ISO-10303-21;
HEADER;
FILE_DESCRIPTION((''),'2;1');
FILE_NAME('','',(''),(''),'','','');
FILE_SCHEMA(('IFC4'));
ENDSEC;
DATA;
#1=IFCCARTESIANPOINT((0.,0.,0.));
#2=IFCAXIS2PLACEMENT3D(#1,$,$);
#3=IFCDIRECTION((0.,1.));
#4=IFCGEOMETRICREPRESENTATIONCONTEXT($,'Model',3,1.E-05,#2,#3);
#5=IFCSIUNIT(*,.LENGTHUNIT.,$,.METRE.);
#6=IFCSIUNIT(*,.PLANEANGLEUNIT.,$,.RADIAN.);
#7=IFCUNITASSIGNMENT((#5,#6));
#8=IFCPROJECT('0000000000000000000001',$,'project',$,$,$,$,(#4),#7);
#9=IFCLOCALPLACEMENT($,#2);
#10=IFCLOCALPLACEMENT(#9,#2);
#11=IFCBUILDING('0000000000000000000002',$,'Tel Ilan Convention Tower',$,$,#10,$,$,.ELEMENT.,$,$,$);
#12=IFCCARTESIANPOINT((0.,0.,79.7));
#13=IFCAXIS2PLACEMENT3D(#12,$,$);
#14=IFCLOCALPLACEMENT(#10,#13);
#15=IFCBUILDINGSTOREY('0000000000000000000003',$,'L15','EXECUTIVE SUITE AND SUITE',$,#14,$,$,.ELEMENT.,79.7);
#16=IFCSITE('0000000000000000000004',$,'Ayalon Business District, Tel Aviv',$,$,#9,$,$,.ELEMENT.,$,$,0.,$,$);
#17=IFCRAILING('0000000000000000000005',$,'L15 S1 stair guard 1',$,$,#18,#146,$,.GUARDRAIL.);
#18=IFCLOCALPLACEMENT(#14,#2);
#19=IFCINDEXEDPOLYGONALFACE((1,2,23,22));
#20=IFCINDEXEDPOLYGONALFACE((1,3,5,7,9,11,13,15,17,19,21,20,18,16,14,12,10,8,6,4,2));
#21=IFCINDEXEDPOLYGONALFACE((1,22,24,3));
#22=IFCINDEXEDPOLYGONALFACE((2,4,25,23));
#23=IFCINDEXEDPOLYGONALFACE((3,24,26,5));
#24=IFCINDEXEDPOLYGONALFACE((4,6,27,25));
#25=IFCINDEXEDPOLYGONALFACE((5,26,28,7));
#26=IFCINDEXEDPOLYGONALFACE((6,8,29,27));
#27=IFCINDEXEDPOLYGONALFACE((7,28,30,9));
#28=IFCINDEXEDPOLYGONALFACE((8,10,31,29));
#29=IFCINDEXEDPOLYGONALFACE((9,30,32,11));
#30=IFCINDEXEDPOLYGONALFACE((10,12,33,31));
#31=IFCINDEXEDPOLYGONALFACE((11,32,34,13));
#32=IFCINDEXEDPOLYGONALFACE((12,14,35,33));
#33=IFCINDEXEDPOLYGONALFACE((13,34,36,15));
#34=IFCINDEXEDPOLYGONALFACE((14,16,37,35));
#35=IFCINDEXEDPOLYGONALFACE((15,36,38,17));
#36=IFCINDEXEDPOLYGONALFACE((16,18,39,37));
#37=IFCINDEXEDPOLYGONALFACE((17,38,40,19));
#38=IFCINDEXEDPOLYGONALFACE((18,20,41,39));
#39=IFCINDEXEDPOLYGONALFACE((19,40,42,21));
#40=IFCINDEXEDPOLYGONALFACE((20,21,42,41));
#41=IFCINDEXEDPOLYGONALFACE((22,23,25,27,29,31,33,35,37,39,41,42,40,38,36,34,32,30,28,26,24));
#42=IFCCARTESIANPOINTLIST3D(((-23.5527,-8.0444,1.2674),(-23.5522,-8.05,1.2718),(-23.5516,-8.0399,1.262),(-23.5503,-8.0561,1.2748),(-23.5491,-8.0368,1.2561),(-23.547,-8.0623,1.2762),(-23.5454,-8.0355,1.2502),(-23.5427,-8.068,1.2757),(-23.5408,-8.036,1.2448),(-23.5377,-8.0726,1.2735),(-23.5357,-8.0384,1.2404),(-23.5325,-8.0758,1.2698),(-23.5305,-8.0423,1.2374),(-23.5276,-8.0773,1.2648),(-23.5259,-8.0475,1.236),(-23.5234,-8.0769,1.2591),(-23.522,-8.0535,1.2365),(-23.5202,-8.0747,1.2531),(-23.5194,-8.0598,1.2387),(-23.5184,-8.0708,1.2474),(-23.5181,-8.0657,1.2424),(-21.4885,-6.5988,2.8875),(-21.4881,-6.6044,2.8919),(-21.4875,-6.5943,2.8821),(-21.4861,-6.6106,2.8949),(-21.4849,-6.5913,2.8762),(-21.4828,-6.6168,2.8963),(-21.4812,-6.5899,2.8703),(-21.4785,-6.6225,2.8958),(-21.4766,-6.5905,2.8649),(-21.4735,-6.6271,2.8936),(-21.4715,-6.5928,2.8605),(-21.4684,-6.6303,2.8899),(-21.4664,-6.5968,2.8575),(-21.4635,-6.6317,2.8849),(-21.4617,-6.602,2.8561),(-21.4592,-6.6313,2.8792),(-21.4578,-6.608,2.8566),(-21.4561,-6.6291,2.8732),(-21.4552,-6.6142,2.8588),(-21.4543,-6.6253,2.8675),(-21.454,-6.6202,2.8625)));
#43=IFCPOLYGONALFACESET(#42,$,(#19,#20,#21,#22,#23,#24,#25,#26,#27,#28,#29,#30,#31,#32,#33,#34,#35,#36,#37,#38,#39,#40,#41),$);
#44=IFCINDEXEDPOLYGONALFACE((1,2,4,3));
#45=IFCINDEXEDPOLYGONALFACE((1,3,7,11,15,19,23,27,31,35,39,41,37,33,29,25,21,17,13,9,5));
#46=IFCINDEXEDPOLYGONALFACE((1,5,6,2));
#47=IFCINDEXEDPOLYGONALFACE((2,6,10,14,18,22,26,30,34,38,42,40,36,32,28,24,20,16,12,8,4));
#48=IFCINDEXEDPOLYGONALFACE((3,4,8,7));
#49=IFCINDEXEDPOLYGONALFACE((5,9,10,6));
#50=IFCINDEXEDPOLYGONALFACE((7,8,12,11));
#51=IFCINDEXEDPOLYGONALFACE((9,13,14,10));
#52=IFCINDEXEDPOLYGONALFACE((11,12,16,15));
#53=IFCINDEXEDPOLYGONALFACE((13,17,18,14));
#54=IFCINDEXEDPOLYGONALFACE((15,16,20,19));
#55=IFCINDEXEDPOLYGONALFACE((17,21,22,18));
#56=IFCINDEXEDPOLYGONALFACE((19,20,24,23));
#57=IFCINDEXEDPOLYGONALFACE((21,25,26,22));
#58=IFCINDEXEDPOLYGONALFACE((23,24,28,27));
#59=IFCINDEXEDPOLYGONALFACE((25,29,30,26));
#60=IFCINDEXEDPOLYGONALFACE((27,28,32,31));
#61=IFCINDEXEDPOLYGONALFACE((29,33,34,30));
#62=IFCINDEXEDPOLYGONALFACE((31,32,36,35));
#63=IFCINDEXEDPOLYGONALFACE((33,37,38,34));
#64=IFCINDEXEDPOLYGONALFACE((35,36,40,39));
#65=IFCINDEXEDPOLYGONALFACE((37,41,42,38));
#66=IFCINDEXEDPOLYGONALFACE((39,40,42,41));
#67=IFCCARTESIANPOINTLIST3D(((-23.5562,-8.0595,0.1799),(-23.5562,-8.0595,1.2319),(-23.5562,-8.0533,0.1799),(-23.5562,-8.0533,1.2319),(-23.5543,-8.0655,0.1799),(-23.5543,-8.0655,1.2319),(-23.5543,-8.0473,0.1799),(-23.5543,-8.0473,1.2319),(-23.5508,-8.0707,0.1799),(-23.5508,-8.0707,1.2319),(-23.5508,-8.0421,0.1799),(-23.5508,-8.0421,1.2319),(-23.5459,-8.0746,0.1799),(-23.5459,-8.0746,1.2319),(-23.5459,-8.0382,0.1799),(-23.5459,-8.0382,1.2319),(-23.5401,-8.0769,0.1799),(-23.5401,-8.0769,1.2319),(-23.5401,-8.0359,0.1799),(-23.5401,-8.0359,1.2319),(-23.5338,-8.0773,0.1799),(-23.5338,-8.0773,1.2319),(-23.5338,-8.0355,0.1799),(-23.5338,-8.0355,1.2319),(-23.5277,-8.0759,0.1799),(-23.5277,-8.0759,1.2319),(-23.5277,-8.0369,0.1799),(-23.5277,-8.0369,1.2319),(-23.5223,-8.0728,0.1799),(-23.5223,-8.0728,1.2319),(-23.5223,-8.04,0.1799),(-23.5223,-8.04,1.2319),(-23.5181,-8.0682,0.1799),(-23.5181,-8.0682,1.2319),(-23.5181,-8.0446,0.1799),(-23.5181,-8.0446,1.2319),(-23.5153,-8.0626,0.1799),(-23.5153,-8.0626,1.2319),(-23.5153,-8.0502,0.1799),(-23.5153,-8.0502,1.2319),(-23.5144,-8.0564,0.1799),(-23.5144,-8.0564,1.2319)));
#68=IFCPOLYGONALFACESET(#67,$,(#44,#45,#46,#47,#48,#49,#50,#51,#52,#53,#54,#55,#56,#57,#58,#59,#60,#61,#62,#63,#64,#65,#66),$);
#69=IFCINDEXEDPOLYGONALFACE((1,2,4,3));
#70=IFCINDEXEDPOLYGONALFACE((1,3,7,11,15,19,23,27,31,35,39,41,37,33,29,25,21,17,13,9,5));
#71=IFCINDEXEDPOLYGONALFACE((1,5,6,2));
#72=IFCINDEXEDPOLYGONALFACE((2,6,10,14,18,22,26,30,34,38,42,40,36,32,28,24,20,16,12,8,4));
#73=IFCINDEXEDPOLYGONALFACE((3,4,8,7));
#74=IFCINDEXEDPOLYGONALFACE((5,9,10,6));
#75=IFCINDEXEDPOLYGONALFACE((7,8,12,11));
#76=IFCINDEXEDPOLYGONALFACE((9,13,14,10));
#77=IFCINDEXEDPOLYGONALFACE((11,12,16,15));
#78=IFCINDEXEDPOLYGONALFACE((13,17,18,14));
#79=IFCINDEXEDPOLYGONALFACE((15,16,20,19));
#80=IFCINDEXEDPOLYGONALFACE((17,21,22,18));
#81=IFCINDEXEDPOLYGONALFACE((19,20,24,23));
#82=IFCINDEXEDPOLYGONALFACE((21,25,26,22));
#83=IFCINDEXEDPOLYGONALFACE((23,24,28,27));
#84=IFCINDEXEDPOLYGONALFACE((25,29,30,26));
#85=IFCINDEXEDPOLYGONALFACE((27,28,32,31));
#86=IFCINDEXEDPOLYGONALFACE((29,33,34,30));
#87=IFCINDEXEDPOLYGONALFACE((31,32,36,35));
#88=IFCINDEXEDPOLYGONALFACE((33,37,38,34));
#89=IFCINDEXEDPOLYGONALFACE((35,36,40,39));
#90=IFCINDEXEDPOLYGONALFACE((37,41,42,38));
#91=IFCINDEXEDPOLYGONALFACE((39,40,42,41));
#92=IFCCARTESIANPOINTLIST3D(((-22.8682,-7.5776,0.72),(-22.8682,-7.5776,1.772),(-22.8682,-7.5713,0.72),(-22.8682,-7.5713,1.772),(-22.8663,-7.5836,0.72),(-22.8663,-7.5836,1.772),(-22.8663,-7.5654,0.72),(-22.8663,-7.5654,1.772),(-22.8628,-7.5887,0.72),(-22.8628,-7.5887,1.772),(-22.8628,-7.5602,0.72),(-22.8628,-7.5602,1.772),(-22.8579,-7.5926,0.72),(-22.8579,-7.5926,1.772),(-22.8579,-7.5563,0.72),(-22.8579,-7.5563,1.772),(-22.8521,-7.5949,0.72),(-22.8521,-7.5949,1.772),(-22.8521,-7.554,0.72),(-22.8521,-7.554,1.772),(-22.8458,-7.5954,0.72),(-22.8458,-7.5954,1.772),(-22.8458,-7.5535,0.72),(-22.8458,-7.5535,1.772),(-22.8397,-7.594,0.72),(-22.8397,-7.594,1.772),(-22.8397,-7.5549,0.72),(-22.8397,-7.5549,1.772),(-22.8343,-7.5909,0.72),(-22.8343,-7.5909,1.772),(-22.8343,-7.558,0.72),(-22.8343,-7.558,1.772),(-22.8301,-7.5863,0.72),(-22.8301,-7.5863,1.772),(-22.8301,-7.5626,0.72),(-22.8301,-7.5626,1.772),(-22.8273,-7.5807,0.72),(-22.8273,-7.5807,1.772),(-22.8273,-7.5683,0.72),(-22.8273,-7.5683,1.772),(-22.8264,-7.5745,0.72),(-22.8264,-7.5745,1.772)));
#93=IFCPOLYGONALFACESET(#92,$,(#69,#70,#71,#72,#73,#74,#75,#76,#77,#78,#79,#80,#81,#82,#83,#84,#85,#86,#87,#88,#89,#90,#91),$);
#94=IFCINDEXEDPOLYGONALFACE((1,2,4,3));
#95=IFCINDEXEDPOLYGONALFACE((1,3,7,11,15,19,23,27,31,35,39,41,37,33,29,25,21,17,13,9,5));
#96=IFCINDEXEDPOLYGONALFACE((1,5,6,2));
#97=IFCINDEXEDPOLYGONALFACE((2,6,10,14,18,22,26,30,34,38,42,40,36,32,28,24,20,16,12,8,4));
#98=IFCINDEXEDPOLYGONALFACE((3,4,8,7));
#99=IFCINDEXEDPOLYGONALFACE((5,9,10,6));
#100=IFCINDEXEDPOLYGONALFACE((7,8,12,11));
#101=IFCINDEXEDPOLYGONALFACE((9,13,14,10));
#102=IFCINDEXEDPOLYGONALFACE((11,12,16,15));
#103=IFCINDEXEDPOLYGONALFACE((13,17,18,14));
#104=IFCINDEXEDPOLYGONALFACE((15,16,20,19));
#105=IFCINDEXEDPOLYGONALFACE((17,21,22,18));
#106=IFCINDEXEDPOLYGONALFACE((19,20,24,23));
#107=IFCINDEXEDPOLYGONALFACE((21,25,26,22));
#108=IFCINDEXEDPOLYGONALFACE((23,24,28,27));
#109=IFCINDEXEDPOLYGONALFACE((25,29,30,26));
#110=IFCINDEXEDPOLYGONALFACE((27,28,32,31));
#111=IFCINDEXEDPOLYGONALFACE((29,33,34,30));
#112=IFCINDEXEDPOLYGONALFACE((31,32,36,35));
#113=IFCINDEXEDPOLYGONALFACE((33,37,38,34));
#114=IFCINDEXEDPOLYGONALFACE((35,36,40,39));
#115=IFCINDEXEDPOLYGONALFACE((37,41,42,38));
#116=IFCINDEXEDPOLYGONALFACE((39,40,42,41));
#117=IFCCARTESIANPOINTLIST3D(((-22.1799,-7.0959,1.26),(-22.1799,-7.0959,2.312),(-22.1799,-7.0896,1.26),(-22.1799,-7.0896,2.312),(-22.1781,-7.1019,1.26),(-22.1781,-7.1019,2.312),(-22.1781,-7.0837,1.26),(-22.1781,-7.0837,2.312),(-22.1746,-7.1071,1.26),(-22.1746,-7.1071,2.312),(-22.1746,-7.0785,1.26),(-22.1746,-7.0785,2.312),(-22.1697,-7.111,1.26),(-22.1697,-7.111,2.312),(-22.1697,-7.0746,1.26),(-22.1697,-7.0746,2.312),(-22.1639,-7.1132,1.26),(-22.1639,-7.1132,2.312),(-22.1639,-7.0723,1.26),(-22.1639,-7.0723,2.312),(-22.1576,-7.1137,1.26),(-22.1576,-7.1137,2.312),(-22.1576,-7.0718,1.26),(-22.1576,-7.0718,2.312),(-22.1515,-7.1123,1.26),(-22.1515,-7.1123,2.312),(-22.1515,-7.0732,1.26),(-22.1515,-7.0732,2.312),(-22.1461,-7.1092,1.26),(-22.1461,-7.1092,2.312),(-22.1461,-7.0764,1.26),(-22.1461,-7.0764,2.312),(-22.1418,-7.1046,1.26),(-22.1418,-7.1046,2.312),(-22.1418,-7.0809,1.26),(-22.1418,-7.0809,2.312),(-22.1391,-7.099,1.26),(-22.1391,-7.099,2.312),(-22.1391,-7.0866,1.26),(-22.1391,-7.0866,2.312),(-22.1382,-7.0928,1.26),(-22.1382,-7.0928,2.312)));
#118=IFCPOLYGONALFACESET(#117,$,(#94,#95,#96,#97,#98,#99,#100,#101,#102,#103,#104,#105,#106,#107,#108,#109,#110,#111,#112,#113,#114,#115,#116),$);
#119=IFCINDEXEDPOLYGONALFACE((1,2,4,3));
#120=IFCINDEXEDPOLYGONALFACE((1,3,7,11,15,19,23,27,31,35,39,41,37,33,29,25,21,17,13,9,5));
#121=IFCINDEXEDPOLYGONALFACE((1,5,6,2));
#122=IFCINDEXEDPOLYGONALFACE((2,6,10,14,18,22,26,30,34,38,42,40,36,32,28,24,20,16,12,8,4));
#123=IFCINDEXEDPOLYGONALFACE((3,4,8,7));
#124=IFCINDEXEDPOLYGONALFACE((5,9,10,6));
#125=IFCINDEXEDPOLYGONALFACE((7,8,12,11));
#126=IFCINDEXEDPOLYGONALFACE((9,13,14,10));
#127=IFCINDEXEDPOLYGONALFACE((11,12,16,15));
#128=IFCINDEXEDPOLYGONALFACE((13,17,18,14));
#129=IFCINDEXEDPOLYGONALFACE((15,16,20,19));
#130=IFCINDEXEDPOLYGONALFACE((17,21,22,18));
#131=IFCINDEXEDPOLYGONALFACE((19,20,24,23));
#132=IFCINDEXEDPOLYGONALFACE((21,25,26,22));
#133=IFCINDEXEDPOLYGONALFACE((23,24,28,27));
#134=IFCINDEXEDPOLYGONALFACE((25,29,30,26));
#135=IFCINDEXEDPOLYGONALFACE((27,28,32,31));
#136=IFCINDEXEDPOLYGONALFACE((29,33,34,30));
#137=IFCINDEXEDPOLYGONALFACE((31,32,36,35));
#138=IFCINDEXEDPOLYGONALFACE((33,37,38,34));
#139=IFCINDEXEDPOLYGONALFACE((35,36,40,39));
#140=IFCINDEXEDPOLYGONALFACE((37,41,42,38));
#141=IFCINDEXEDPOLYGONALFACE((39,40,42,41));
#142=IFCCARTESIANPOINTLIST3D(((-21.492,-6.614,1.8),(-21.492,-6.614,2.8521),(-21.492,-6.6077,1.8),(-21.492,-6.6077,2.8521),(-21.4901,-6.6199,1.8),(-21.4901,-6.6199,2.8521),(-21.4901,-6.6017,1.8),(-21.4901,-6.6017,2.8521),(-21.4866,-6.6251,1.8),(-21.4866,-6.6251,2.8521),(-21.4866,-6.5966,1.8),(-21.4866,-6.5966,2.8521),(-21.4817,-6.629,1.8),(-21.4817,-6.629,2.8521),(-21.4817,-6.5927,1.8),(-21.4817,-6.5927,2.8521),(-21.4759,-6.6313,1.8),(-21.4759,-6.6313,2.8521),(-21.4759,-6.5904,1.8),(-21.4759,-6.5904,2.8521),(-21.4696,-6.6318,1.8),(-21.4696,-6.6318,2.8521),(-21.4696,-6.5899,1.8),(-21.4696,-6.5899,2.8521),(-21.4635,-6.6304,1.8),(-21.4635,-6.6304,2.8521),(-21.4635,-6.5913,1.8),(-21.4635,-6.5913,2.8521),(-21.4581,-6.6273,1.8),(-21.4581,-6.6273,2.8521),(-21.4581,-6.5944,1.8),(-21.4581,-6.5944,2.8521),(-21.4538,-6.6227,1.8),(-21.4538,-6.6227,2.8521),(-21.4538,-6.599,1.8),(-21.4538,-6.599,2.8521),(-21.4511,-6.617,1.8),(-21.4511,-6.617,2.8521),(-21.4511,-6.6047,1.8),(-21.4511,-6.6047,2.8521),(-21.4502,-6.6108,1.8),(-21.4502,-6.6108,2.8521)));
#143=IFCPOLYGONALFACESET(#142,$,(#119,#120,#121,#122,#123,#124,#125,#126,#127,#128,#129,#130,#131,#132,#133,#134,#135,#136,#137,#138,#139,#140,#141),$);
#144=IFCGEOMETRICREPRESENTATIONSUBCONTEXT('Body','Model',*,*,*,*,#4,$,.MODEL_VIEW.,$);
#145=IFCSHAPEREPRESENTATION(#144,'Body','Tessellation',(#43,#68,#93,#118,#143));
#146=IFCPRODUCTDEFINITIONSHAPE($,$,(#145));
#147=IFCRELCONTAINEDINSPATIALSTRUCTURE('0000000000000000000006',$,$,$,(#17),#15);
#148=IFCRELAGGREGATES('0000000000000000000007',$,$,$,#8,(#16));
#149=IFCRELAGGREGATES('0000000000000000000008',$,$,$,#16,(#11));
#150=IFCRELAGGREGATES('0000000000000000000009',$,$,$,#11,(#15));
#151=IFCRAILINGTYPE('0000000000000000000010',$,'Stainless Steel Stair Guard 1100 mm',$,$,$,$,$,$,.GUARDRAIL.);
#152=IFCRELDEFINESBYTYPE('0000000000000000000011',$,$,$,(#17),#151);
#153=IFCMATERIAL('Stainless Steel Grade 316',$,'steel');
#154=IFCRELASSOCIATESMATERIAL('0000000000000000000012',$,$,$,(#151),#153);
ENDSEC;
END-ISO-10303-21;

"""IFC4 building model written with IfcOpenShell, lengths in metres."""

from ifc_helpers import new_model, si_unit, direction, frame, origin, origin_2d, place, context, subcontext, project, spatial, circle, extrude, material, type_object, element, save


model = new_model("IFC4")

# Units and contexts
model_context = context("Model", 3, precision=1e-05, world=origin(), true_north=direction((0.0, 1.0)))
body_context = subcontext(model_context, "Body", "Model", "MODEL_VIEW")
ifc_project = project(units=[si_unit("LENGTHUNIT", "METRE"), si_unit("PLANEANGLEUNIT", "RADIAN")], contexts=[model_context])

# Site, building, storey
site_placement = place(None, origin())
site = spatial("IfcSite", under=ifc_project, at=site_placement, Name="Ayalon Business District, Tel Aviv", CompositionType="ELEMENT", RefElevation=0.0)
building_placement = place(site_placement, origin())
building = spatial("IfcBuilding", under=site, at=building_placement, Name="Tel Ilan Convention Tower", CompositionType="ELEMENT")
storey_placement = place(building_placement, frame((0.0, 0.0, 79.7)))
storey = spatial("IfcBuildingStorey", under=building, at=storey_placement, Name="L15", Description="EXECUTIVE SUITE AND SUITE", CompositionType="ELEMENT", Elevation=79.7)

# Railing
ifc_material_1 = material(Name="Stainless Steel Grade 316", Category="steel")
railing_type_1 = type_object("IfcRailingType", Name="Stainless Steel Stair Guard 1100 mm", PredefinedType="GUARDRAIL", material=ifc_material_1)
railing_1_placement = place(storey_placement, frame((-23.5354, -8.0564, 0.1799)))
element("IfcRailing", 1, at=railing_1_placement, inside=storey, type_object=railing_type_1, Name="L15 S1 stair guard 1", PredefinedType="GUARDRAIL", context=body_context, shape_type="SweptSolid", body=[
    extrude(circle(Radius=0.0239, at=origin_2d()), frame((0.0, 0.0, 1.0762), z_axis=(0.689013, 0.482513, 0.540779), x_axis=(-0.573625, 0.819118, 0.0)), (0.0, 0.0, 1.0), 2.9958),
    extrude(circle(Radius=0.021, at=origin_2d()), origin(), (0.0, 0.0, 1.0), 1.052),
    extrude(circle(Radius=0.021, at=origin_2d()), frame((0.688, 0.4819, 0.54)), (0.0, 0.0, 1.0), 1.052),
    extrude(circle(Radius=0.021, at=origin_2d()), frame((1.3762, 0.9636, 1.0801)), (0.0, 0.0, 1.0), 1.052),
    extrude(circle(Radius=0.021, at=origin_2d()), frame((2.0642, 1.4456, 1.6201)), (0.0, 0.0, 1.0), 1.052),
])

save(model, "model.ifc")
